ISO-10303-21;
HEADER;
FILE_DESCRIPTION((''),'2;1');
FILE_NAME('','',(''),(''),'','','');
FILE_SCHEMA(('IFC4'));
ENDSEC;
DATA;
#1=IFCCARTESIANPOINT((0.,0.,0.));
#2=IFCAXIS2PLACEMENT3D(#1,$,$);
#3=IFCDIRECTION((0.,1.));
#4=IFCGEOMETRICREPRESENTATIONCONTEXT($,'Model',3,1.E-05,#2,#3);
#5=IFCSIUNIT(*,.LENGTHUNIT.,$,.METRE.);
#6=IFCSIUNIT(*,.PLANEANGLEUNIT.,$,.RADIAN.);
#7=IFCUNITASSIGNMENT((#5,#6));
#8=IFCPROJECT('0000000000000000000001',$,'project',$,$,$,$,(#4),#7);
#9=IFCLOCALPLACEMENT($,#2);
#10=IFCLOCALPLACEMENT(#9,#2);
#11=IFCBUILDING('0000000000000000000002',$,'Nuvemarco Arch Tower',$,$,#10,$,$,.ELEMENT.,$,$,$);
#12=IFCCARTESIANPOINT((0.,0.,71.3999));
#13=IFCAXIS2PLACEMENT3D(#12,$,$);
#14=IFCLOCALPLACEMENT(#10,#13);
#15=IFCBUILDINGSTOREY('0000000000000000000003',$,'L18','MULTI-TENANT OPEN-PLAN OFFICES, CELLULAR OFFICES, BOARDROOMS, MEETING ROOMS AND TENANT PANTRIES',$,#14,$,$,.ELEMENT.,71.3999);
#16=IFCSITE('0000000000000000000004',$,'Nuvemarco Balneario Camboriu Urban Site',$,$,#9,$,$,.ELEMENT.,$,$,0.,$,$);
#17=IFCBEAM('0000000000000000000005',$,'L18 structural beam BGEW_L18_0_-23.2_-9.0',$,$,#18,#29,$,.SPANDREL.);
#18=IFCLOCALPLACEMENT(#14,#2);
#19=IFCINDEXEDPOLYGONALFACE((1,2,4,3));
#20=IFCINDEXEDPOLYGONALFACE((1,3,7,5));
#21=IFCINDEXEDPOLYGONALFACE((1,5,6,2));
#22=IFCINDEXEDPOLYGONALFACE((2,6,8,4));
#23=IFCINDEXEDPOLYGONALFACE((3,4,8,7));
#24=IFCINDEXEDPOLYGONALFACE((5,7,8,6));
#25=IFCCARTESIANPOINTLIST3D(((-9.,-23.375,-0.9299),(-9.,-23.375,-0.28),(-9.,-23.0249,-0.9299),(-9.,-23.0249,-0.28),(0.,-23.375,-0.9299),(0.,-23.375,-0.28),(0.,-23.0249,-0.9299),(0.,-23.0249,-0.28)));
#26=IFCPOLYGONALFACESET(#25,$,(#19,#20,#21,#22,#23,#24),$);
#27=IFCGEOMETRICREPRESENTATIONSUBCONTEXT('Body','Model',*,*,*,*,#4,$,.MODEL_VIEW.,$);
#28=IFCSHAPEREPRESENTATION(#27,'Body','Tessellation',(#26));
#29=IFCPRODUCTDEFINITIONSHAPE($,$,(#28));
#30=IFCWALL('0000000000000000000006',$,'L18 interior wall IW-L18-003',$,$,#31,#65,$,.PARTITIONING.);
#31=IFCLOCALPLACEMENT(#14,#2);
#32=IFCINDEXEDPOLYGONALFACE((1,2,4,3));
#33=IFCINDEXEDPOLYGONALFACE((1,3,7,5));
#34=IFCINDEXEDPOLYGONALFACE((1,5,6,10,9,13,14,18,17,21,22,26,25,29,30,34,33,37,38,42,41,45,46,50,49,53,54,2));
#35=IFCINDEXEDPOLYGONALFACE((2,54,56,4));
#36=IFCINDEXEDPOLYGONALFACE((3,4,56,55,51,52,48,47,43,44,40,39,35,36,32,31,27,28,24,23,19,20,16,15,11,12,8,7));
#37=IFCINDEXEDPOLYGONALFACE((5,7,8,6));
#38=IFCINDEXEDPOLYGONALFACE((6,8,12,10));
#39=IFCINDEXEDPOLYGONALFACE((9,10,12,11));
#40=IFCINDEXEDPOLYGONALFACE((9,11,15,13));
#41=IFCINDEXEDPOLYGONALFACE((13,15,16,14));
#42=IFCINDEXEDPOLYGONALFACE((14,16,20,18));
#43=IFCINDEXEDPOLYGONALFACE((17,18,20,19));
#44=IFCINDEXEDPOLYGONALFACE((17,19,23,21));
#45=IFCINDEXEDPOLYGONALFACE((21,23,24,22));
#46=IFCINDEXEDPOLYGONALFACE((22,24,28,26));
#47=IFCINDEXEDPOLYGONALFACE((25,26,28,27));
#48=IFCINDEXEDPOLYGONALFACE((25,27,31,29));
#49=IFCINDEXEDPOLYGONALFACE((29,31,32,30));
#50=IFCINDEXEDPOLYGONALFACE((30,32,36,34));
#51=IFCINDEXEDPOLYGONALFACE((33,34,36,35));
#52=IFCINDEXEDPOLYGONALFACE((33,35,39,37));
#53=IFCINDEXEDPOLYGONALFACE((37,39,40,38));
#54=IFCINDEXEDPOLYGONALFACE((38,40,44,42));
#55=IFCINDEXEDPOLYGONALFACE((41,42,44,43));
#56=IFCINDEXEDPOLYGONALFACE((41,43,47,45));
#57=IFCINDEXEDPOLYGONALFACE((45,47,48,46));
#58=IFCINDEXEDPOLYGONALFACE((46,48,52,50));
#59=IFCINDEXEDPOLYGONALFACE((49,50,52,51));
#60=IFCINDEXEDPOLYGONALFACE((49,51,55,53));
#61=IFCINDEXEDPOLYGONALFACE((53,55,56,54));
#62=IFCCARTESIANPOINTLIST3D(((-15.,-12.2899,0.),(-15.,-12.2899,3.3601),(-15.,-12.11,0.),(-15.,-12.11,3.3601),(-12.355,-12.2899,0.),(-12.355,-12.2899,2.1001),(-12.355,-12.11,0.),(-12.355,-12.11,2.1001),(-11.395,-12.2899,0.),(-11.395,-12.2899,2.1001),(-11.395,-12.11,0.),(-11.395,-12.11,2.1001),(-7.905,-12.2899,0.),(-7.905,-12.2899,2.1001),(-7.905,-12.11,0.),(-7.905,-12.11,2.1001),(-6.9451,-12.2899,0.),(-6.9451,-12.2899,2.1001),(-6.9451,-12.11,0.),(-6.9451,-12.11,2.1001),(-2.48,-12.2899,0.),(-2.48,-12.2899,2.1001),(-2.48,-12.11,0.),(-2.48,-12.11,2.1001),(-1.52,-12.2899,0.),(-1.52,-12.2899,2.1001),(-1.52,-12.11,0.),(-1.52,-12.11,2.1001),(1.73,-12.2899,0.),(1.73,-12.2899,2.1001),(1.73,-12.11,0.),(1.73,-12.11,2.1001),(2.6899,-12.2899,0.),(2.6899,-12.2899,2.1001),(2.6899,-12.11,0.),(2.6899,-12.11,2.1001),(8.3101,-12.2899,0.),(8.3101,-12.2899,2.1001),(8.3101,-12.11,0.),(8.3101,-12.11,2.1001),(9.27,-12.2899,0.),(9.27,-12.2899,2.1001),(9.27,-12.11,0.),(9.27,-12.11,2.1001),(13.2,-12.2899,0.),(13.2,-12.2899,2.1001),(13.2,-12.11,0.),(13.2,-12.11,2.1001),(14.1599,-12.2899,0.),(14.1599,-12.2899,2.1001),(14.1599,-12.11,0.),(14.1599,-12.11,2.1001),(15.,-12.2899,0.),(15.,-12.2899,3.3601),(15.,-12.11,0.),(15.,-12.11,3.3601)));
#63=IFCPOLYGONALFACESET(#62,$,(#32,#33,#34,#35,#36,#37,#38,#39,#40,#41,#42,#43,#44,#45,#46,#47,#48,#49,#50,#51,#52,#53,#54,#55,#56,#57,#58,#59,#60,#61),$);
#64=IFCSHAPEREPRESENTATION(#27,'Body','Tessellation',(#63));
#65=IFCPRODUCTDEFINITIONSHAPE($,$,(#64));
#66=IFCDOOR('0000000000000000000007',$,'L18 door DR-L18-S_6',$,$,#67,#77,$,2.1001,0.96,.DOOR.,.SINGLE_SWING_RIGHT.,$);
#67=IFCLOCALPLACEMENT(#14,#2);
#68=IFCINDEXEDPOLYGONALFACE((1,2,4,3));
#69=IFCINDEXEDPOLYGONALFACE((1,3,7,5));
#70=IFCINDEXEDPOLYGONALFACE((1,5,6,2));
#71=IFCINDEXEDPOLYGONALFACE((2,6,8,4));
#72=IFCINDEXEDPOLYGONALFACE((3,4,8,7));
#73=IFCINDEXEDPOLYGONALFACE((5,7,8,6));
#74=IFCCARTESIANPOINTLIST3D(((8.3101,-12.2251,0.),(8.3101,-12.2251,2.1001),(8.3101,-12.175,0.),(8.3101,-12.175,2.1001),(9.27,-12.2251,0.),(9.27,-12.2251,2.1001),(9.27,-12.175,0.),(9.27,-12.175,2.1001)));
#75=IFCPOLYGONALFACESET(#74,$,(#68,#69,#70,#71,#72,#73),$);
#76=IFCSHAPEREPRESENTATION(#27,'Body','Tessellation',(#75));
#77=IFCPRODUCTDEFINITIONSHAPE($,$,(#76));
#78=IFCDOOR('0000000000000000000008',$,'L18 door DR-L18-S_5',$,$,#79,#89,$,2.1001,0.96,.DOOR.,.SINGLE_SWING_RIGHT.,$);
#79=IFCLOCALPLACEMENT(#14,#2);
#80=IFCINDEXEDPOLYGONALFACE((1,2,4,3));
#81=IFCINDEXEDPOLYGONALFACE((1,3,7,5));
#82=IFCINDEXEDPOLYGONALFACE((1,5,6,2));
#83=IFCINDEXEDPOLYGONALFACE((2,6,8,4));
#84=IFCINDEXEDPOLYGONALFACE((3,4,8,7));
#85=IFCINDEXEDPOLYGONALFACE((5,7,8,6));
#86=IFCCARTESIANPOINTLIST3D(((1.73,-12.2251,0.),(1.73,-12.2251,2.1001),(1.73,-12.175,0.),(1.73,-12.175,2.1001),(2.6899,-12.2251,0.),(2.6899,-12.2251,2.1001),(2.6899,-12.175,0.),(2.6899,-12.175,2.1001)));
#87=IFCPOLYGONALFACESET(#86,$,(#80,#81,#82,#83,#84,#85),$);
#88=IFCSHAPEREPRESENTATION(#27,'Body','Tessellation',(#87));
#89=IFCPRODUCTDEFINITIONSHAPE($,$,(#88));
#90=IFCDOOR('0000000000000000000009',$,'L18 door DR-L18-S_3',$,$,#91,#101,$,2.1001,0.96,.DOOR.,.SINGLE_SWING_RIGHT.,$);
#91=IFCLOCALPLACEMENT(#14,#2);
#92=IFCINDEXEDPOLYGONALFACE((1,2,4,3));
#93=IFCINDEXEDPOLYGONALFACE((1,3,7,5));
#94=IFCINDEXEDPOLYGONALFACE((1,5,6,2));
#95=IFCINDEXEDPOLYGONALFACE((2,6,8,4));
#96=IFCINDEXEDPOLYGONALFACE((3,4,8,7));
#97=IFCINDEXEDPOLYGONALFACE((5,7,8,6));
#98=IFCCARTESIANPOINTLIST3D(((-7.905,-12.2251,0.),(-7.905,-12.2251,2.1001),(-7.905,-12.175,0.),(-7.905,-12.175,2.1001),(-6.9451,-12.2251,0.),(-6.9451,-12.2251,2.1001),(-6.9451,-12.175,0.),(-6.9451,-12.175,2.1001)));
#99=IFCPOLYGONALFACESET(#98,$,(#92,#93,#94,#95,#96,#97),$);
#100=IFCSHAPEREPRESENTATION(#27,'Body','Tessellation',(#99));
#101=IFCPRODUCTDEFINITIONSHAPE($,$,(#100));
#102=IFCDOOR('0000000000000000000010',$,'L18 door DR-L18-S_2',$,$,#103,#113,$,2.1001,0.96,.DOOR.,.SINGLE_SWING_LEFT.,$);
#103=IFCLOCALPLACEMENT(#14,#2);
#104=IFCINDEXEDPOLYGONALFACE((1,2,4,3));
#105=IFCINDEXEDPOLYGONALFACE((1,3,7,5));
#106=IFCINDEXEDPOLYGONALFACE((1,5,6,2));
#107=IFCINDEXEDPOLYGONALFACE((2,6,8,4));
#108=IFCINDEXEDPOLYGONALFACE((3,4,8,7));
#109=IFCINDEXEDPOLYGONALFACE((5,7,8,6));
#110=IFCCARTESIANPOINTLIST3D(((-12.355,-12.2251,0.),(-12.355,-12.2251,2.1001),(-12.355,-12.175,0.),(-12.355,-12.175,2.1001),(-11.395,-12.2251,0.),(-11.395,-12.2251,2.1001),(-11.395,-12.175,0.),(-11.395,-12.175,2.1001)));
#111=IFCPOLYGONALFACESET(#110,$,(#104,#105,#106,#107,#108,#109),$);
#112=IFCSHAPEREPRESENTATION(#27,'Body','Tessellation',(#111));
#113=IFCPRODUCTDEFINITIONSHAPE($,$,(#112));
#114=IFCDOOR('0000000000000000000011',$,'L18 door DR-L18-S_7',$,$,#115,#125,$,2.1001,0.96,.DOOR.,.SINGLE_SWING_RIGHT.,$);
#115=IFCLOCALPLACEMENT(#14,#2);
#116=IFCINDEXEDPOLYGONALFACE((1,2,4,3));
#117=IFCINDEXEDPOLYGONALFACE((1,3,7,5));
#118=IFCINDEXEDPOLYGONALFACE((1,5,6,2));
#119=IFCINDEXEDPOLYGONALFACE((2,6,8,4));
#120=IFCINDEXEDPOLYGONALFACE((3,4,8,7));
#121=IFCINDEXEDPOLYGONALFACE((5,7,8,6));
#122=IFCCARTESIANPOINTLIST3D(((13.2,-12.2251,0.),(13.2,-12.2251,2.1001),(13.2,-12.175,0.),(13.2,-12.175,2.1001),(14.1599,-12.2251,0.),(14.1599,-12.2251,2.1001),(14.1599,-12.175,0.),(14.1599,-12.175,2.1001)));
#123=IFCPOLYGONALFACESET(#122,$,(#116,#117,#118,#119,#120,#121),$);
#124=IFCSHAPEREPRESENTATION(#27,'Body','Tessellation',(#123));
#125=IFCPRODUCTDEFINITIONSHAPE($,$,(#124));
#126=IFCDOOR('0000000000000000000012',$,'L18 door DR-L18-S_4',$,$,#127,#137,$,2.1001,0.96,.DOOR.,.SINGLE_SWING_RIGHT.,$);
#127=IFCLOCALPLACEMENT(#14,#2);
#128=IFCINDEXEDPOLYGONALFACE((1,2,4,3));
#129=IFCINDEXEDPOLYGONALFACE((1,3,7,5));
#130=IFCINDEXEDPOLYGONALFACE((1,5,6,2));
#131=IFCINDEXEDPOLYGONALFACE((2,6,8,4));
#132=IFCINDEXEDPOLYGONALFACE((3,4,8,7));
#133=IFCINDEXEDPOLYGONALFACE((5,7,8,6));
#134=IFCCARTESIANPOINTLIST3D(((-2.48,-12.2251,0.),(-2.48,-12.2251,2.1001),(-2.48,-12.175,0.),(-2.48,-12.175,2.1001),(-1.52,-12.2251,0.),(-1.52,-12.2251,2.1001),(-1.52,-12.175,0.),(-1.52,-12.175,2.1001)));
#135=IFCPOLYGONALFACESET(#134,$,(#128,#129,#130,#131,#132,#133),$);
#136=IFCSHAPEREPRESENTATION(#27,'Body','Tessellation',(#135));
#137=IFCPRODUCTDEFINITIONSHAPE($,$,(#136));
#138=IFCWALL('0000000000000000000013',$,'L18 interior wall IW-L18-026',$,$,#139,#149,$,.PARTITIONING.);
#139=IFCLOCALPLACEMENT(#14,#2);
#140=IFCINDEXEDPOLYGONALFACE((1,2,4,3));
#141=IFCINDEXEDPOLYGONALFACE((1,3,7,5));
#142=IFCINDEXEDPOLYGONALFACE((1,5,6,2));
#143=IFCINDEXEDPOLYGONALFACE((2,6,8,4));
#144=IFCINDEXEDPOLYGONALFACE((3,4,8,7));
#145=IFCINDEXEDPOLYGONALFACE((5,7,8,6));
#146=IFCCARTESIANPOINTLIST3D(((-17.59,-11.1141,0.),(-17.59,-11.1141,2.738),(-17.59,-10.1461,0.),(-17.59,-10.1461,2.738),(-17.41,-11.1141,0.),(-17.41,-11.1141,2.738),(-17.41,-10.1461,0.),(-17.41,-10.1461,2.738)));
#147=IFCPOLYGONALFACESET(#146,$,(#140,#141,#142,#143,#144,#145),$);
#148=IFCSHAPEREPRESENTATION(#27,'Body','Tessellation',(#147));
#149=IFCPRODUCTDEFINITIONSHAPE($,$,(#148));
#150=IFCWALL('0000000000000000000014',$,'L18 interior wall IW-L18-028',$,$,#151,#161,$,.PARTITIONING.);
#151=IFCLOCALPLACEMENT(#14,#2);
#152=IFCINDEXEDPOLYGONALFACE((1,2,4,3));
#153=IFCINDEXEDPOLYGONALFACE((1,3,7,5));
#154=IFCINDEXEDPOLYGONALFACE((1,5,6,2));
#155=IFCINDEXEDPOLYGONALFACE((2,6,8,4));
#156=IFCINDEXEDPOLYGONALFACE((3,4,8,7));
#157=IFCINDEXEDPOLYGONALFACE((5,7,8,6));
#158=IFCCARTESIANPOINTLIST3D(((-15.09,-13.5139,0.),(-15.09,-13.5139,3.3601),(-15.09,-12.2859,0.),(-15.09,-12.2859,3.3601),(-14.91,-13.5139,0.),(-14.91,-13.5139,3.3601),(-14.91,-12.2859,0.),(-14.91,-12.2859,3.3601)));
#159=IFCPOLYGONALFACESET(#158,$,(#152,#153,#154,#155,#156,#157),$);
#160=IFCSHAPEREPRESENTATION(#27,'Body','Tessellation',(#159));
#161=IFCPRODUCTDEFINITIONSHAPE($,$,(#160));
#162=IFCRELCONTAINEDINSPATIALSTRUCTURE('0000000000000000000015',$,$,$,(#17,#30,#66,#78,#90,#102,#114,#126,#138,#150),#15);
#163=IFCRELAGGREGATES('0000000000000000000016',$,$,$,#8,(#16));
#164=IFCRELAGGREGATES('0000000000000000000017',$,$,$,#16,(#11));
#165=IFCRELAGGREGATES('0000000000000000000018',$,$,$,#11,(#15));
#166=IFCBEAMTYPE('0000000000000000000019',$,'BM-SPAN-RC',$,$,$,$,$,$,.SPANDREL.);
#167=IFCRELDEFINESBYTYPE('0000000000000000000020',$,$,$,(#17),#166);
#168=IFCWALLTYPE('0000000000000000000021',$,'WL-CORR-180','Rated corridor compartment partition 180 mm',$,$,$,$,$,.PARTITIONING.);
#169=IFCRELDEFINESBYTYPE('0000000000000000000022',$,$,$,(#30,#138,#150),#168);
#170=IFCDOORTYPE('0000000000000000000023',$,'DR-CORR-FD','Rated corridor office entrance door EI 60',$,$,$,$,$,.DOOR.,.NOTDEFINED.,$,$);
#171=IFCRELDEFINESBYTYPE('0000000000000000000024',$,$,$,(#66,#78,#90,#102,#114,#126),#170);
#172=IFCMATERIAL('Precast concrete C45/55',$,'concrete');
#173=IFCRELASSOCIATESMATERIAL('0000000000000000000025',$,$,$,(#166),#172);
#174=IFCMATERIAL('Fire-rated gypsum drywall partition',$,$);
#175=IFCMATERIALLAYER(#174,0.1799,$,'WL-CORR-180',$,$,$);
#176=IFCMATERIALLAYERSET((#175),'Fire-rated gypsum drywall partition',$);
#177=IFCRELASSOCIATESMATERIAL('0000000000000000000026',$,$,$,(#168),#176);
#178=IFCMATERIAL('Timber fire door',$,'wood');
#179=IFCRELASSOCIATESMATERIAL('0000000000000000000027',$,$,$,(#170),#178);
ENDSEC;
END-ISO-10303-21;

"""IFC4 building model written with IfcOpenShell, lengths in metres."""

from ifc_helpers import new_model, si_unit, direction, frame, frame_2d, origin, origin_2d, place, context, subcontext, project, spatial, rectangle, extrude, source, transform, mapped, material, layer, layer_set, material_profile, profile_set, type_object, type_shapes, element, fill, save


model = new_model("IFC4")

# Units and contexts
model_context = context("Model", 3, precision=1e-05, world=origin(), true_north=direction((0.0, 1.0)))
body_context = subcontext(model_context, "Body", "Model", "MODEL_VIEW")
ifc_project = project(units=[si_unit("LENGTHUNIT", "METRE"), si_unit("PLANEANGLEUNIT", "RADIAN")], contexts=[model_context])

# Site, building, storey
site_placement = place(None, origin())
site = spatial("IfcSite", under=ifc_project, at=site_placement, Name="Nuvemarco Balneario Camboriu Urban Site", CompositionType="ELEMENT", RefElevation=0.0)
building_placement = place(site_placement, origin())
building = spatial("IfcBuilding", under=site, at=building_placement, Name="Nuvemarco Arch Tower", CompositionType="ELEMENT")
storey_placement = place(building_placement, frame((0.0, 0.0, 71.3999)))
storey = spatial("IfcBuildingStorey", under=building, at=storey_placement, Name="L18", Description="MULTI-TENANT OPEN-PLAN OFFICES, CELLULAR OFFICES, BOARDROOMS, MEETING ROOMS AND TENANT PANTRIES", CompositionType="ELEMENT", Elevation=71.3999)

# Beam
ifc_material_1 = material(Name="Precast concrete C45/55", Category="concrete")
ifc_material_profile_1 = material_profile(ifc_material_1, rectangle(XDim=0.3501, YDim=0.6499, at=origin_2d()), Name="PC-SP-350x650")
ifc_profile_set_1 = profile_set([ifc_material_profile_1], Name="Precast concrete C45/55")
beam_type_1 = type_object("IfcBeamType", Name="BM-SPAN-RC", PredefinedType="SPANDREL", material=ifc_profile_set_1)
beam_1_placement = place(storey_placement, frame((-9.0, -23.2, -0.605), z_axis=(1.0, 0.0, 0.0), x_axis=(0.0, 1.0, 0.0)))
element("IfcBeam", 1, at=beam_1_placement, inside=storey, type_object=beam_type_1, Name="L18 structural beam BGEW_L18_0_-23.2_-9.0", PredefinedType="SPANDREL", context=body_context, shape_type="SweptSolid", body=[
    extrude(rectangle(XDim=0.3501, YDim=0.6499, at=origin_2d()), origin(), (0.0, 0.0, 1.0), 9.0),
])

# Wall, openings, doors
ifc_material_2 = material(Name="Fire-rated gypsum drywall partition")
ifc_layer_1 = layer(ifc_material_2, 0.1799, Name="WL-CORR-180")
ifc_layer_set_1 = layer_set([ifc_layer_1], Name="Fire-rated gypsum drywall partition")
wall_type_1 = type_object("IfcWallType", Name="WL-CORR-180", Description="Rated corridor compartment partition 180 mm", PredefinedType="PARTITIONING", material=ifc_layer_set_1)
wall_1_placement = place(storey_placement, frame((-15.0, -12.2, 0.0), z_axis=(0.0, 0.0, 1.0), x_axis=(1.0, 0.0, 0.0)))
wall_1 = element("IfcWall", 2, at=wall_1_placement, inside=storey, type_object=wall_type_1, Name="L18 interior wall IW-L18-003", PredefinedType="PARTITIONING", context=body_context, shape_type="SweptSolid", body=[
    extrude(rectangle(XDim=30.0, YDim=0.1799, at=frame_2d((15.0, 0.0))), origin(), (0.0, 0.0, 1.0), 3.3601),
])
opening_1_placement = place(wall_1_placement, frame((23.3101, 0.0, 0.0)))
opening_1 = element("IfcOpeningElement", 3, at=opening_1_placement, cuts=wall_1, PredefinedType="OPENING", context=body_context, shape_type="SweptSolid", body=[
    extrude(rectangle(XDim=0.96, YDim=2.1001, at=frame_2d((0.48, 1.05))), frame((0.0, 0.0999, 0.0), z_axis=(0.0, -1.0, 0.0), x_axis=(1.0, 0.0, 0.0)), (0.0, 0.0, 1.0), 0.2),
])
opening_2_placement = place(wall_1_placement, frame((16.73, 0.0, 0.0)))
opening_2 = element("IfcOpeningElement", 4, at=opening_2_placement, cuts=wall_1, PredefinedType="OPENING", context=body_context, shape_type="SweptSolid", body=[
    extrude(rectangle(XDim=0.96, YDim=2.1001, at=frame_2d((0.48, 1.05))), frame((0.0, 0.0999, 0.0), z_axis=(0.0, -1.0, 0.0), x_axis=(1.0, 0.0, 0.0)), (0.0, 0.0, 1.0), 0.2),
])
opening_3_placement = place(wall_1_placement, frame((7.095, 0.0, 0.0)))
opening_3 = element("IfcOpeningElement", 5, at=opening_3_placement, cuts=wall_1, PredefinedType="OPENING", context=body_context, shape_type="SweptSolid", body=[
    extrude(rectangle(XDim=0.96, YDim=2.1001, at=frame_2d((0.48, 1.05))), frame((0.0, 0.0999, 0.0), z_axis=(0.0, -1.0, 0.0), x_axis=(1.0, 0.0, 0.0)), (0.0, 0.0, 1.0), 0.2),
])
opening_4_placement = place(wall_1_placement, frame((2.645, 0.0, 0.0)))
opening_4 = element("IfcOpeningElement", 6, at=opening_4_placement, cuts=wall_1, PredefinedType="OPENING", context=body_context, shape_type="SweptSolid", body=[
    extrude(rectangle(XDim=0.96, YDim=2.1001, at=frame_2d((0.48, 1.05))), frame((0.0, 0.0999, 0.0), z_axis=(0.0, -1.0, 0.0), x_axis=(1.0, 0.0, 0.0)), (0.0, 0.0, 1.0), 0.2),
])
opening_5_placement = place(wall_1_placement, frame((28.2, 0.0, 0.0)))
opening_5 = element("IfcOpeningElement", 7, at=opening_5_placement, cuts=wall_1, PredefinedType="OPENING", context=body_context, shape_type="SweptSolid", body=[
    extrude(rectangle(XDim=0.96, YDim=2.1001, at=frame_2d((0.48, 1.05))), frame((0.0, 0.0999, 0.0), z_axis=(0.0, -1.0, 0.0), x_axis=(1.0, 0.0, 0.0)), (0.0, 0.0, 1.0), 0.2),
])
opening_6_placement = place(wall_1_placement, frame((12.52, 0.0, 0.0)))
opening_6 = element("IfcOpeningElement", 8, at=opening_6_placement, cuts=wall_1, PredefinedType="OPENING", context=body_context, shape_type="SweptSolid", body=[
    extrude(rectangle(XDim=0.96, YDim=2.1001, at=frame_2d((0.48, 1.05))), frame((0.0, 0.0999, 0.0), z_axis=(0.0, -1.0, 0.0), x_axis=(1.0, 0.0, 0.0)), (0.0, 0.0, 1.0), 0.2),
])
ifc_material_3 = material(Name="Timber fire door", Category="wood")
door_type = type_object("IfcDoorType", Name="DR-CORR-FD", Description="Rated corridor office entrance door EI 60", OperationType="NOTDEFINED", PredefinedType="DOOR", material=ifc_material_3)
shared_shape_1 = source(origin(), body_context, "Body", "SweptSolid", [
    extrude(rectangle(XDim=0.96, YDim=2.1001, at=frame_2d((0.48, 1.05))), frame((0.0, 0.0249, 0.0), z_axis=(0.0, -1.0, 0.0), x_axis=(1.0, 0.0, 0.0)), (0.0, 0.0, 1.0), 0.05),
])
type_shapes(door_type, [shared_shape_1])
door_1_placement = place(opening_1_placement, origin())
door_1 = element("IfcDoor", 9, at=door_1_placement, inside=storey, type_object=door_type, Name="L18 door DR-L18-S_6", OperationType="SINGLE_SWING_RIGHT", OverallHeight=2.1001, OverallWidth=0.96, PredefinedType="DOOR", context=body_context, shape_type="MappedRepresentation", body=[
    mapped(shared_shape_1, transform((0.0, 0.0, 0.0), scale=1.0)),
])
fill(opening_1, door_1)
door_2_placement = place(opening_2_placement, origin())
door_2 = element("IfcDoor", 10, at=door_2_placement, inside=storey, type_object=door_type, Name="L18 door DR-L18-S_5", OperationType="SINGLE_SWING_RIGHT", OverallHeight=2.1001, OverallWidth=0.96, PredefinedType="DOOR", context=body_context, shape_type="MappedRepresentation", body=[
    mapped(shared_shape_1, transform((0.0, 0.0, 0.0), scale=1.0)),
])
fill(opening_2, door_2)
door_3_placement = place(opening_3_placement, origin())
door_3 = element("IfcDoor", 11, at=door_3_placement, inside=storey, type_object=door_type, Name="L18 door DR-L18-S_3", OperationType="SINGLE_SWING_RIGHT", OverallHeight=2.1001, OverallWidth=0.96, PredefinedType="DOOR", context=body_context, shape_type="MappedRepresentation", body=[
    mapped(shared_shape_1, transform((0.0, 0.0, 0.0), scale=1.0)),
])
fill(opening_3, door_3)
door_4_placement = place(opening_4_placement, origin())
door_4 = element("IfcDoor", 12, at=door_4_placement, inside=storey, type_object=door_type, Name="L18 door DR-L18-S_2", OperationType="SINGLE_SWING_LEFT", OverallHeight=2.1001, OverallWidth=0.96, PredefinedType="DOOR", context=body_context, shape_type="MappedRepresentation", body=[
    mapped(shared_shape_1, transform((0.0, 0.0, 0.0), scale=1.0)),
])
fill(opening_4, door_4)
door_5_placement = place(opening_5_placement, origin())
door_5 = element("IfcDoor", 13, at=door_5_placement, inside=storey, type_object=door_type, Name="L18 door DR-L18-S_7", OperationType="SINGLE_SWING_RIGHT", OverallHeight=2.1001, OverallWidth=0.96, PredefinedType="DOOR", context=body_context, shape_type="MappedRepresentation", body=[
    mapped(shared_shape_1, transform((0.0, 0.0, 0.0), scale=1.0)),
])
fill(opening_5, door_5)
door_6_placement = place(opening_6_placement, origin())
door_6 = element("IfcDoor", 14, at=door_6_placement, inside=storey, type_object=door_type, Name="L18 door DR-L18-S_4", OperationType="SINGLE_SWING_RIGHT", OverallHeight=2.1001, OverallWidth=0.96, PredefinedType="DOOR", context=body_context, shape_type="MappedRepresentation", body=[
    mapped(shared_shape_1, transform((0.0, 0.0, 0.0), scale=1.0)),
])
fill(opening_6, door_6)

# Walls
wall_2_placement = place(storey_placement, frame((-17.5, -11.114, 0.0), z_axis=(0.0, 0.0, 1.0), x_axis=(0.0, 1.0, 0.0)))
element("IfcWall", 15, at=wall_2_placement, inside=storey, type_object=wall_type_1, Name="L18 interior wall IW-L18-026", PredefinedType="PARTITIONING", context=body_context, shape_type="SweptSolid", body=[
    extrude(rectangle(XDim=0.968, YDim=0.1799, at=frame_2d((0.4839, 0.0))), origin(), (0.0, 0.0, 1.0), 2.738),
])
wall_3_placement = place(storey_placement, frame((-15.0, -13.5139, 0.0), z_axis=(0.0, 0.0, 1.0), x_axis=(0.0, 1.0, 0.0)))
element("IfcWall", 16, at=wall_3_placement, inside=storey, type_object=wall_type_1, Name="L18 interior wall IW-L18-028", PredefinedType="PARTITIONING", context=body_context, shape_type="SweptSolid", body=[
    extrude(rectangle(XDim=1.228, YDim=0.1799, at=frame_2d((0.614, 0.0))), origin(), (0.0, 0.0, 1.0), 3.3601),
])

save(model, "model.ifc")
